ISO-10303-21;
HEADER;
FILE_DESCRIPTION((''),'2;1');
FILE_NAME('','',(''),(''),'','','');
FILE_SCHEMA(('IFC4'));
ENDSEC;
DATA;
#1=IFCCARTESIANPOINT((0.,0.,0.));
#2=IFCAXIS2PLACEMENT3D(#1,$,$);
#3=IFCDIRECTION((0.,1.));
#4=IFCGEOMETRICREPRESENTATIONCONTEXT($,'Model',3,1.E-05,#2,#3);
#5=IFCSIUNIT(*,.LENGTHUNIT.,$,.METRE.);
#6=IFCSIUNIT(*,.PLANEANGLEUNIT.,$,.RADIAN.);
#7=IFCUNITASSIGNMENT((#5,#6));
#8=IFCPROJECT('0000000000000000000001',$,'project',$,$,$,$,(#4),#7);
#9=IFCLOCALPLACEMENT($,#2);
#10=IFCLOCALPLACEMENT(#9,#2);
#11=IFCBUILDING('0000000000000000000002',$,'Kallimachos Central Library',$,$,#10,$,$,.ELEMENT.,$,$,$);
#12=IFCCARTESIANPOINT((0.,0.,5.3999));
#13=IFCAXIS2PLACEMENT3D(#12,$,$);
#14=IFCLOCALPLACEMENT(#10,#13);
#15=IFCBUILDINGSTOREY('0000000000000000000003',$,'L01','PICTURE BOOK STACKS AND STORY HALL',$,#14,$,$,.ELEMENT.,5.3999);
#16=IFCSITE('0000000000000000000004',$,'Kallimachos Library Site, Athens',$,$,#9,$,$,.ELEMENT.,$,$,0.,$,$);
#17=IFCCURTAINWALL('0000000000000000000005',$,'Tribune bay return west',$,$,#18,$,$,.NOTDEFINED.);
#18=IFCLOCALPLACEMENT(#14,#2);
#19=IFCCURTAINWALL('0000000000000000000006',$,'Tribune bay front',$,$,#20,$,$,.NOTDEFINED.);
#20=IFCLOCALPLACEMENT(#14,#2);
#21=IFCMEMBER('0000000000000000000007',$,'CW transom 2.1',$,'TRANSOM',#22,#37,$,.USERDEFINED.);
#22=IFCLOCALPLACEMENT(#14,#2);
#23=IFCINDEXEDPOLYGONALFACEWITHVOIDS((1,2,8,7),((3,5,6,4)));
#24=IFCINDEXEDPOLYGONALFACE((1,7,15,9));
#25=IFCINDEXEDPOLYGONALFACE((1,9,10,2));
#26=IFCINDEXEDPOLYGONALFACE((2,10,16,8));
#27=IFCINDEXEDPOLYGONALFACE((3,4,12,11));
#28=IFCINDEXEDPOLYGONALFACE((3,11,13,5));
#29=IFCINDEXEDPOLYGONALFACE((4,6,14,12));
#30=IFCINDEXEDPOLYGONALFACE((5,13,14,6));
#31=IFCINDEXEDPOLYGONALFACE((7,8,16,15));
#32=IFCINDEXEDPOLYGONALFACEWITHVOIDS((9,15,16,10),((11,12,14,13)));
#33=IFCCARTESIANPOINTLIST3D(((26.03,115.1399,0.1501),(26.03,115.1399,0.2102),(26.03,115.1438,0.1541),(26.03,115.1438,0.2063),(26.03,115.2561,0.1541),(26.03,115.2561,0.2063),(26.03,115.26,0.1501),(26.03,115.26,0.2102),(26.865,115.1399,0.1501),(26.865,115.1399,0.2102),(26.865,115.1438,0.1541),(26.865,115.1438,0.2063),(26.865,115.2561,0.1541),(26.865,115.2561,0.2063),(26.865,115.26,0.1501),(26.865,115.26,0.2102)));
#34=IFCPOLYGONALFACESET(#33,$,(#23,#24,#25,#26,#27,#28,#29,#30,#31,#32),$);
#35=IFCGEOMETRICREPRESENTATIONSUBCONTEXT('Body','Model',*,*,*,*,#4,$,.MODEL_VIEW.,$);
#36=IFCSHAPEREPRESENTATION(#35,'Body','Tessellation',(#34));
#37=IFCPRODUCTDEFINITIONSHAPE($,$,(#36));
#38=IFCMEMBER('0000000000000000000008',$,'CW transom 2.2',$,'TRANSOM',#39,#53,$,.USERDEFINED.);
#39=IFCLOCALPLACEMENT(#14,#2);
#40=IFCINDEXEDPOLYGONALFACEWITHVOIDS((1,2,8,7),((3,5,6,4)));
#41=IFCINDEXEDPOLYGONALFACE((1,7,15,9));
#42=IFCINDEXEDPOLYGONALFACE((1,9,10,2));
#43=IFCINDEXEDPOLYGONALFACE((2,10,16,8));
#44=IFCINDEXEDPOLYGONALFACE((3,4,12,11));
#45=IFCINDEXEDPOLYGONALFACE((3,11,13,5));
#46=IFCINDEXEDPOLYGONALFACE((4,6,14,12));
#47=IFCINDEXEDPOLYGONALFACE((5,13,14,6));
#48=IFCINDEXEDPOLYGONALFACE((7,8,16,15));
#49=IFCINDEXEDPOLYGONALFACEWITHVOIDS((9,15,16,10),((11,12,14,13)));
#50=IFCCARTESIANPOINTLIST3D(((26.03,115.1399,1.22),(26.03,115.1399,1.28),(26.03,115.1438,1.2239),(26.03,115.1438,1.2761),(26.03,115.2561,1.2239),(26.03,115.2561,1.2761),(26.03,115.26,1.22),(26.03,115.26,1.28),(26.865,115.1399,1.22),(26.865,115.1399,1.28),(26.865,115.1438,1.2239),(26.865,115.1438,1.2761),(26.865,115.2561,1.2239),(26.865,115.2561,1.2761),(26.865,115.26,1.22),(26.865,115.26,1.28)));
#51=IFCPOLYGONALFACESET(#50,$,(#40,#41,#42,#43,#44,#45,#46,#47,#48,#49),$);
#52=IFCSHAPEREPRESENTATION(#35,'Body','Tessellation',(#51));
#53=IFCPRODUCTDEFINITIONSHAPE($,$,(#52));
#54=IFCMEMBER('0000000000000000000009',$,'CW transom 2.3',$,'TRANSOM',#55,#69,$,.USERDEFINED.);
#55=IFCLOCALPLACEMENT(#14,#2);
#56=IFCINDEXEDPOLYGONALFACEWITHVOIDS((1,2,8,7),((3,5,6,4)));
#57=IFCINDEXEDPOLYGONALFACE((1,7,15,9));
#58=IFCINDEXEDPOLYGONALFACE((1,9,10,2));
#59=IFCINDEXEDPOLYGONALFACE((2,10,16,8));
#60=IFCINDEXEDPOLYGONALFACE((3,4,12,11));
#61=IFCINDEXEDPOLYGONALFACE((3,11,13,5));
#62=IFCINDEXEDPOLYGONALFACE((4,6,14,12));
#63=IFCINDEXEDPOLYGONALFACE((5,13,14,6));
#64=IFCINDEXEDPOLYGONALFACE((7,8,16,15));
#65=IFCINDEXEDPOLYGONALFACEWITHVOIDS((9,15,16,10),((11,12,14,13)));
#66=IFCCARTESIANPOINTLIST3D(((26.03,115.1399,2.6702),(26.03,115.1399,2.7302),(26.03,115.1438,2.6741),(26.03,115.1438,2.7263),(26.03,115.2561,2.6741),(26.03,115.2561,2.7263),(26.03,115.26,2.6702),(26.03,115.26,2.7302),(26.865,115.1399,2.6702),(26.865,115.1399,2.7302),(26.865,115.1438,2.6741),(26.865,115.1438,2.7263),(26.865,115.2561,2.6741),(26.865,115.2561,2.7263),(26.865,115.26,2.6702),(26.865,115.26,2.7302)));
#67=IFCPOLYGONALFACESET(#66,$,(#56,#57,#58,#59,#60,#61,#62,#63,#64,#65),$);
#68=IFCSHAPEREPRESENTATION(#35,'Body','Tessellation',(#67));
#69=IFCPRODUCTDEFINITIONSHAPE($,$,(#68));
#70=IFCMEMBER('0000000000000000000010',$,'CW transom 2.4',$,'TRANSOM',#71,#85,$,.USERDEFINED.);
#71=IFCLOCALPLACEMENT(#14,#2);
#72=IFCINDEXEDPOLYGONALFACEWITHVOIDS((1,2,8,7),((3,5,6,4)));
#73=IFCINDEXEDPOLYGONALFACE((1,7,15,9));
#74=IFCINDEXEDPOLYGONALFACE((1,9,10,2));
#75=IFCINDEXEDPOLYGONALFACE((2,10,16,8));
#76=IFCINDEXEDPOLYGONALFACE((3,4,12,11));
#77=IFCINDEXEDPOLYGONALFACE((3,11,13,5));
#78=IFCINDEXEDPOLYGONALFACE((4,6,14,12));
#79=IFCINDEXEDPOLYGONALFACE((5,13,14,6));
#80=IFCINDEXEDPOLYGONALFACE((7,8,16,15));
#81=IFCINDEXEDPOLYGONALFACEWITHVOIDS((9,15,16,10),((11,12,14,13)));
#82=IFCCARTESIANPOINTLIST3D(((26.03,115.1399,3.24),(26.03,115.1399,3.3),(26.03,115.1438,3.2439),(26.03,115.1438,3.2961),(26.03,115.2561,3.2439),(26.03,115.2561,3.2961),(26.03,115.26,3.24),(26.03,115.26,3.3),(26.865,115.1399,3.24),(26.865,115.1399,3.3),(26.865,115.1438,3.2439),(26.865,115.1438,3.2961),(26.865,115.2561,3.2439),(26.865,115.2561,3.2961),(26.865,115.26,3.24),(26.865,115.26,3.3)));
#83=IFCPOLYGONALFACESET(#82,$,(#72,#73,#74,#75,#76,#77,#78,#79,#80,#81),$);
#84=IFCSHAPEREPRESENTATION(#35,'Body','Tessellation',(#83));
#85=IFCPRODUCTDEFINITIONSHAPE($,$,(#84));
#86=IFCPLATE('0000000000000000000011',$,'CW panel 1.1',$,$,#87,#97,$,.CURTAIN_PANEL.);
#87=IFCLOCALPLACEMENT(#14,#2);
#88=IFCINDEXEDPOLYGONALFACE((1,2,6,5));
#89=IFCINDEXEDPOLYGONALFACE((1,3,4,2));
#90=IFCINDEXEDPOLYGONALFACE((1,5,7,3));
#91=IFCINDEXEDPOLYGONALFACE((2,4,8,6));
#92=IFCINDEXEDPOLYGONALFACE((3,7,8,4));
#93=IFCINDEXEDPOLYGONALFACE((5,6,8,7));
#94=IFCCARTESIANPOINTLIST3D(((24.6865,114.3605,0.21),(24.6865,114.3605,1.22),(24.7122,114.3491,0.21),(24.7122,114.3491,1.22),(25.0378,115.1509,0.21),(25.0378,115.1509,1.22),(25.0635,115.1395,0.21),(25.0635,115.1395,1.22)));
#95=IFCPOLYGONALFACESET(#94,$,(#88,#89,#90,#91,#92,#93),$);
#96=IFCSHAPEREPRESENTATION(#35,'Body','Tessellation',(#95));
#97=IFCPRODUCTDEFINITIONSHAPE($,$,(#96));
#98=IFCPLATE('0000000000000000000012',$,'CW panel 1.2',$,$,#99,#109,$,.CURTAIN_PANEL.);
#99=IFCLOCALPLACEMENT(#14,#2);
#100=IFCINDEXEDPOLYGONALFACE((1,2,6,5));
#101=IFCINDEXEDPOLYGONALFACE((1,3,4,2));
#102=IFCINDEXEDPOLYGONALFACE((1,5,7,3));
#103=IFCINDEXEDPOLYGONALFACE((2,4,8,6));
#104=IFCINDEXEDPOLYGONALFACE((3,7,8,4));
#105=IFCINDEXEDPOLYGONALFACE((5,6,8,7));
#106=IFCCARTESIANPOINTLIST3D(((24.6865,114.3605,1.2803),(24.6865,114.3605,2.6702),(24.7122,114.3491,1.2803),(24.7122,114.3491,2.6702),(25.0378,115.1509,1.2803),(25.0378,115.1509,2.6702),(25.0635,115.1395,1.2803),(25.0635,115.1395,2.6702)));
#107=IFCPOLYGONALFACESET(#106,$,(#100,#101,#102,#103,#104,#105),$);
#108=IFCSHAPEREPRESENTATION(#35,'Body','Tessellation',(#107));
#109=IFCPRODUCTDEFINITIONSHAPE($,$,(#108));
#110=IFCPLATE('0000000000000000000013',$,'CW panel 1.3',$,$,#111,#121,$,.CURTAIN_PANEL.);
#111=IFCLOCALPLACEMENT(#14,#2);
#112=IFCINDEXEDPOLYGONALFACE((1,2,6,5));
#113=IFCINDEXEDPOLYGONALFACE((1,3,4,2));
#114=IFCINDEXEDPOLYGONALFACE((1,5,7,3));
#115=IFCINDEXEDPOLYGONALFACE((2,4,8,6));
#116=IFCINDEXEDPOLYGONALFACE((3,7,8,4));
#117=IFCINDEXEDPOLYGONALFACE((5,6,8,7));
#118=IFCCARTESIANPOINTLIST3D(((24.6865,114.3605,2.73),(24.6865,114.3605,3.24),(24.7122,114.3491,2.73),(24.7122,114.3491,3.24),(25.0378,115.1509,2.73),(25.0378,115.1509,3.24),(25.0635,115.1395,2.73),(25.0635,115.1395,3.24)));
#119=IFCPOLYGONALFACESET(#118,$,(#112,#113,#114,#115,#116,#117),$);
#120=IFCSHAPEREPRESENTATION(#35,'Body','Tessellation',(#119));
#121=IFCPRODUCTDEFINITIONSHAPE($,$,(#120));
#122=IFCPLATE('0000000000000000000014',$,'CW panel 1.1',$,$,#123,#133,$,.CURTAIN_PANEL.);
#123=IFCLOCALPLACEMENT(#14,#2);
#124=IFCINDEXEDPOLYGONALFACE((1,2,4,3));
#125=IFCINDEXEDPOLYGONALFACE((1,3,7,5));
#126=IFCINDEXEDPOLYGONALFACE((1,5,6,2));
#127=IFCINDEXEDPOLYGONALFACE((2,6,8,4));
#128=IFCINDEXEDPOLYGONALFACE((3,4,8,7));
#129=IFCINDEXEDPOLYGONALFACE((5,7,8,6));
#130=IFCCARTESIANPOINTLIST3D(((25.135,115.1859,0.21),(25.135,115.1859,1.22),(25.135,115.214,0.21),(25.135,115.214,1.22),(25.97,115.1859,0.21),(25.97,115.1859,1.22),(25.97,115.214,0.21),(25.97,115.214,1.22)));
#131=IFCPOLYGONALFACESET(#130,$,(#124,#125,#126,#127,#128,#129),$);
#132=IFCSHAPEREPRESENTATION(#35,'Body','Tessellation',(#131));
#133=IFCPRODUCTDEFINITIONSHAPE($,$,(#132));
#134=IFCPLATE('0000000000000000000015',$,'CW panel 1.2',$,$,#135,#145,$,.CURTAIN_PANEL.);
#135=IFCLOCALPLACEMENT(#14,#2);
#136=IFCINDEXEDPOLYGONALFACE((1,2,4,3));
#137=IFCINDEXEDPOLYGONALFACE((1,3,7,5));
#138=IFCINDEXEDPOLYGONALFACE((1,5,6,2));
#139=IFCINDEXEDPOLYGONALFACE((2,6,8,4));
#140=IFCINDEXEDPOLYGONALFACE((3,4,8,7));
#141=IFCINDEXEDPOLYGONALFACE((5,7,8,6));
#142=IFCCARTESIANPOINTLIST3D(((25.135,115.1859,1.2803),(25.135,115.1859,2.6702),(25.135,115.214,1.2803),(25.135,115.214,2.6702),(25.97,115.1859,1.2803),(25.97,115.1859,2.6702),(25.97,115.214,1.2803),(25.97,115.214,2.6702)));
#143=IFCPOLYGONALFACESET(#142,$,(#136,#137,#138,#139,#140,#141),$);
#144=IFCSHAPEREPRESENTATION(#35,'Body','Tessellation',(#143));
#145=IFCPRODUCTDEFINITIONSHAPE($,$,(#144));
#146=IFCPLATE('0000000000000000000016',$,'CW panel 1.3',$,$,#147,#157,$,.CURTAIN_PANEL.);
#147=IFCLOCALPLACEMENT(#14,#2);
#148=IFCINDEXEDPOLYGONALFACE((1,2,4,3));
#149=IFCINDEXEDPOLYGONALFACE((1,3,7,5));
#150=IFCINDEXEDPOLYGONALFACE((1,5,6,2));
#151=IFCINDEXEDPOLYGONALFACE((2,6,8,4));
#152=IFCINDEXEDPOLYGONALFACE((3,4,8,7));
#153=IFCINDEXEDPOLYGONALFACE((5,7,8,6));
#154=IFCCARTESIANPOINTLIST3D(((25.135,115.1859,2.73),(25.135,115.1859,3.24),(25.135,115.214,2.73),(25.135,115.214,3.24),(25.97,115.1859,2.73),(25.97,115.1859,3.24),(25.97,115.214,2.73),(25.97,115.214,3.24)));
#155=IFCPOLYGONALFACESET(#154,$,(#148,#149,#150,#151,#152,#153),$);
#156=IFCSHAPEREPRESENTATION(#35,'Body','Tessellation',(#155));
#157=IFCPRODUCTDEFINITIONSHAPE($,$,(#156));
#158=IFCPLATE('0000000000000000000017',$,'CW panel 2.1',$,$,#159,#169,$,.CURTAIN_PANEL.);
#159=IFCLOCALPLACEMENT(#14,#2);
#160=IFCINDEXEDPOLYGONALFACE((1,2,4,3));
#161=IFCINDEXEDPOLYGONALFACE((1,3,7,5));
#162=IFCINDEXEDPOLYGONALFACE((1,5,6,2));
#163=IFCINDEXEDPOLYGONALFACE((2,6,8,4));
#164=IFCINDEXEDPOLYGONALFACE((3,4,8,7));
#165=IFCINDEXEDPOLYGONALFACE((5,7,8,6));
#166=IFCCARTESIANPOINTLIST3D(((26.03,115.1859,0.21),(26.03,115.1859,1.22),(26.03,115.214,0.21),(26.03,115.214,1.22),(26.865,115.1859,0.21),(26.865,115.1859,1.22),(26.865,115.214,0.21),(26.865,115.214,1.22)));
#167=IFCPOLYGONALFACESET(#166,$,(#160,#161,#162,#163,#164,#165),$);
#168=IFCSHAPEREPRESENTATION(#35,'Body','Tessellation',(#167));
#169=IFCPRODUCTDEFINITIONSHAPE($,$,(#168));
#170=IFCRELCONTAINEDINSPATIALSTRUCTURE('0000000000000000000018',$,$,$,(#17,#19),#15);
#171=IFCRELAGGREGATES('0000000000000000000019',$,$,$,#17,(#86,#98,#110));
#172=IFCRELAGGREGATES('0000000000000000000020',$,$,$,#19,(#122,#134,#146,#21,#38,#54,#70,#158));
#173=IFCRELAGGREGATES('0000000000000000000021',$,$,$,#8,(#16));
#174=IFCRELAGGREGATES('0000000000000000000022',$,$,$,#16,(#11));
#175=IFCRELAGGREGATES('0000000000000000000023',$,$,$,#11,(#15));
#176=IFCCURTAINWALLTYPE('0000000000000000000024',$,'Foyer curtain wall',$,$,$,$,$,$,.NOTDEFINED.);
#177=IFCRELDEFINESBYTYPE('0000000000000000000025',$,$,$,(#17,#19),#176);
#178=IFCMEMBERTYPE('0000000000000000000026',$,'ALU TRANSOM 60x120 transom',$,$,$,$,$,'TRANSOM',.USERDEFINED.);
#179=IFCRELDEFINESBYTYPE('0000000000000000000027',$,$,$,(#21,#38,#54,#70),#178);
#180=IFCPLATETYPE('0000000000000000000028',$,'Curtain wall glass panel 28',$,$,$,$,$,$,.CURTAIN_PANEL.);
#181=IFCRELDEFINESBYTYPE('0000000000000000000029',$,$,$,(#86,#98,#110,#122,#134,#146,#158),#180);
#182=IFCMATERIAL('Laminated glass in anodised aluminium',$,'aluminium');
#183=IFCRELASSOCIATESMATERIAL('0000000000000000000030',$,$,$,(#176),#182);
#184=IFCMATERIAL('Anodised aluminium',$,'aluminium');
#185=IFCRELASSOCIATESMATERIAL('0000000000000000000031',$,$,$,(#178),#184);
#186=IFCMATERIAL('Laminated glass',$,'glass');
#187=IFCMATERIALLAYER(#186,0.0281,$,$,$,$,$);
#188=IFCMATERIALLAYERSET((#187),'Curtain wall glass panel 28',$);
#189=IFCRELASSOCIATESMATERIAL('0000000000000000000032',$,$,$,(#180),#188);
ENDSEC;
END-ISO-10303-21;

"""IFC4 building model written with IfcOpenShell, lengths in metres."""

from ifc_helpers import new_model, si_unit, direction, frame, origin, origin_2d, place, context, subcontext, project, spatial, rectangle, hollow_rectangle, extrude, material, layer, layer_set, material_profile, profile_set, type_object, element, aggregate, save


model = new_model("IFC4")

# Units and contexts
model_context = context("Model", 3, precision=1e-05, world=origin(), true_north=direction((0.0, 1.0)))
body_context = subcontext(model_context, "Body", "Model", "MODEL_VIEW")
ifc_project = project(units=[si_unit("LENGTHUNIT", "METRE"), si_unit("PLANEANGLEUNIT", "RADIAN")], contexts=[model_context])

# Site, building, storey
site_placement = place(None, origin())
site = spatial("IfcSite", under=ifc_project, at=site_placement, Name="Kallimachos Library Site, Athens", CompositionType="ELEMENT", RefElevation=0.0)
building_placement = place(site_placement, origin())
building = spatial("IfcBuilding", under=site, at=building_placement, Name="Kallimachos Central Library", CompositionType="ELEMENT")
storey_placement = place(building_placement, frame((0.0, 0.0, 5.3999)))
storey = spatial("IfcBuildingStorey", under=building, at=storey_placement, Name="L01", Description="PICTURE BOOK STACKS AND STORY HALL", CompositionType="ELEMENT", Elevation=5.3999)

# Curtain wall
ifc_material_1 = material(Name="Laminated glass in anodised aluminium", Category="aluminium")
curtain_wall_type = type_object("IfcCurtainWallType", Name="Foyer curtain wall", PredefinedType="NOTDEFINED", material=ifc_material_1)
curtain_wall_1_placement = place(storey_placement, origin())
curtain_wall_1 = element("IfcCurtainWall", 1, at=curtain_wall_1_placement, inside=storey, type_object=curtain_wall_type, Name="Tribune bay return west", PredefinedType="NOTDEFINED")

# Curtain wall
curtain_wall_2_placement = place(storey_placement, origin())
curtain_wall_2 = element("IfcCurtainWall", 2, at=curtain_wall_2_placement, inside=storey, type_object=curtain_wall_type, Name="Tribune bay front", PredefinedType="NOTDEFINED")
ifc_material_2 = material(Name="Anodised aluminium", Category="aluminium")
ifc_material_profile_1 = material_profile(ifc_material_2, hollow_rectangle(XDim=0.0601, YDim=0.1201, WallThickness=0.0039, at=origin_2d()), Name="ALU TRANSOM 60x120")
ifc_profile_set_1 = profile_set([ifc_material_profile_1], Name="Anodised aluminium")
member_type_1 = type_object("IfcMemberType", Name="ALU TRANSOM 60x120 transom", ElementType="TRANSOM", PredefinedType="USERDEFINED", material=ifc_profile_set_1)

# Members
member_1_placement = place(storey_placement, frame((26.03, 115.2, 0.1802), z_axis=(1.0, 0.0, 0.0), x_axis=(0.0, 0.0, 1.0)))
member_1 = element("IfcMember", 3, at=member_1_placement, type_object=member_type_1, Name="CW transom 2.1", ObjectType="TRANSOM", PredefinedType="USERDEFINED", context=body_context, shape_type="SweptSolid", body=[
    extrude(hollow_rectangle(XDim=0.0601, YDim=0.1201, WallThickness=0.0039, at=origin_2d()), origin(), (0.0, 0.0, 1.0), 0.835),
])
member_2_placement = place(storey_placement, frame((26.03, 115.2, 1.25), z_axis=(1.0, 0.0, 0.0), x_axis=(0.0, 0.0, 1.0)))
member_2 = element("IfcMember", 4, at=member_2_placement, type_object=member_type_1, Name="CW transom 2.2", ObjectType="TRANSOM", PredefinedType="USERDEFINED", context=body_context, shape_type="SweptSolid", body=[
    extrude(hollow_rectangle(XDim=0.0601, YDim=0.1201, WallThickness=0.0039, at=origin_2d()), origin(), (0.0, 0.0, 1.0), 0.835),
])
member_3_placement = place(storey_placement, frame((26.03, 115.2, 2.7002), z_axis=(1.0, 0.0, 0.0), x_axis=(0.0, 0.0, 1.0)))
member_3 = element("IfcMember", 5, at=member_3_placement, type_object=member_type_1, Name="CW transom 2.3", ObjectType="TRANSOM", PredefinedType="USERDEFINED", context=body_context, shape_type="SweptSolid", body=[
    extrude(hollow_rectangle(XDim=0.0601, YDim=0.1201, WallThickness=0.0039, at=origin_2d()), origin(), (0.0, 0.0, 1.0), 0.835),
])
member_4_placement = place(storey_placement, frame((26.03, 115.2, 3.27), z_axis=(1.0, 0.0, 0.0), x_axis=(0.0, 0.0, 1.0)))
member_4 = element("IfcMember", 6, at=member_4_placement, type_object=member_type_1, Name="CW transom 2.4", ObjectType="TRANSOM", PredefinedType="USERDEFINED", context=body_context, shape_type="SweptSolid", body=[
    extrude(hollow_rectangle(XDim=0.0601, YDim=0.1201, WallThickness=0.0039, at=origin_2d()), origin(), (0.0, 0.0, 1.0), 0.835),
])

# Plates
ifc_material_3 = material(Name="Laminated glass", Category="glass")
ifc_layer = layer(ifc_material_3, 0.0281)
ifc_layer_set = layer_set([ifc_layer], Name="Curtain wall glass panel 28")
plate_type = type_object("IfcPlateType", Name="Curtain wall glass panel 28", PredefinedType="CURTAIN_PANEL", material=ifc_layer_set)
plate_1_placement = place(storey_placement, frame((24.875, 114.75, 0.21), z_axis=(0.0, 0.0, 1.0), x_axis=(0.406138, 0.913812, 0.0)))
plate_1 = element("IfcPlate", 7, at=plate_1_placement, type_object=plate_type, Name="CW panel 1.1", PredefinedType="CURTAIN_PANEL", context=body_context, shape_type="SweptSolid", body=[
    extrude(rectangle(XDim=0.865, YDim=0.0281, at=origin_2d()), origin(), (0.0, 0.0, 1.0), 1.01),
])
plate_2_placement = place(storey_placement, frame((24.875, 114.75, 1.2803), z_axis=(0.0, 0.0, 1.0), x_axis=(0.406138, 0.913812, 0.0)))
plate_2 = element("IfcPlate", 8, at=plate_2_placement, type_object=plate_type, Name="CW panel 1.2", PredefinedType="CURTAIN_PANEL", context=body_context, shape_type="SweptSolid", body=[
    extrude(rectangle(XDim=0.865, YDim=0.0281, at=origin_2d()), origin(), (0.0, 0.0, 1.0), 1.3899),
])
plate_3_placement = place(storey_placement, frame((24.875, 114.75, 2.73), z_axis=(0.0, 0.0, 1.0), x_axis=(0.406138, 0.913812, 0.0)))
plate_3 = element("IfcPlate", 9, at=plate_3_placement, type_object=plate_type, Name="CW panel 1.3", PredefinedType="CURTAIN_PANEL", context=body_context, shape_type="SweptSolid", body=[
    extrude(rectangle(XDim=0.865, YDim=0.0281, at=origin_2d()), origin(), (0.0, 0.0, 1.0), 0.51),
])
aggregate(curtain_wall_1, [plate_1, plate_2, plate_3])
plate_4_placement = place(storey_placement, frame((25.5525, 115.2, 0.21), z_axis=(0.0, 0.0, 1.0), x_axis=(1.0, 0.0, 0.0)))
plate_4 = element("IfcPlate", 10, at=plate_4_placement, type_object=plate_type, Name="CW panel 1.1", PredefinedType="CURTAIN_PANEL", context=body_context, shape_type="SweptSolid", body=[
    extrude(rectangle(XDim=0.835, YDim=0.0281, at=origin_2d()), origin(), (0.0, 0.0, 1.0), 1.01),
])
plate_5_placement = place(storey_placement, frame((25.5525, 115.2, 1.2803), z_axis=(0.0, 0.0, 1.0), x_axis=(1.0, 0.0, 0.0)))
plate_5 = element("IfcPlate", 11, at=plate_5_placement, type_object=plate_type, Name="CW panel 1.2", PredefinedType="CURTAIN_PANEL", context=body_context, shape_type="SweptSolid", body=[
    extrude(rectangle(XDim=0.835, YDim=0.0281, at=origin_2d()), origin(), (0.0, 0.0, 1.0), 1.3899),
])
plate_6_placement = place(storey_placement, frame((25.5525, 115.2, 2.73), z_axis=(0.0, 0.0, 1.0), x_axis=(1.0, 0.0, 0.0)))
plate_6 = element("IfcPlate", 12, at=plate_6_placement, type_object=plate_type, Name="CW panel 1.3", PredefinedType="CURTAIN_PANEL", context=body_context, shape_type="SweptSolid", body=[
    extrude(rectangle(XDim=0.835, YDim=0.0281, at=origin_2d()), origin(), (0.0, 0.0, 1.0), 0.51),
])
plate_7_placement = place(storey_placement, frame((26.4475, 115.2, 0.21), z_axis=(0.0, 0.0, 1.0), x_axis=(1.0, 0.0, 0.0)))
plate_7 = element("IfcPlate", 13, at=plate_7_placement, type_object=plate_type, Name="CW panel 2.1", PredefinedType="CURTAIN_PANEL", context=body_context, shape_type="SweptSolid", body=[
    extrude(rectangle(XDim=0.835, YDim=0.0281, at=origin_2d()), origin(), (0.0, 0.0, 1.0), 1.01),
])
aggregate(curtain_wall_2, [plate_4, plate_5, plate_6, member_1, member_2, member_3, member_4, plate_7])

save(model, "model.ifc")
